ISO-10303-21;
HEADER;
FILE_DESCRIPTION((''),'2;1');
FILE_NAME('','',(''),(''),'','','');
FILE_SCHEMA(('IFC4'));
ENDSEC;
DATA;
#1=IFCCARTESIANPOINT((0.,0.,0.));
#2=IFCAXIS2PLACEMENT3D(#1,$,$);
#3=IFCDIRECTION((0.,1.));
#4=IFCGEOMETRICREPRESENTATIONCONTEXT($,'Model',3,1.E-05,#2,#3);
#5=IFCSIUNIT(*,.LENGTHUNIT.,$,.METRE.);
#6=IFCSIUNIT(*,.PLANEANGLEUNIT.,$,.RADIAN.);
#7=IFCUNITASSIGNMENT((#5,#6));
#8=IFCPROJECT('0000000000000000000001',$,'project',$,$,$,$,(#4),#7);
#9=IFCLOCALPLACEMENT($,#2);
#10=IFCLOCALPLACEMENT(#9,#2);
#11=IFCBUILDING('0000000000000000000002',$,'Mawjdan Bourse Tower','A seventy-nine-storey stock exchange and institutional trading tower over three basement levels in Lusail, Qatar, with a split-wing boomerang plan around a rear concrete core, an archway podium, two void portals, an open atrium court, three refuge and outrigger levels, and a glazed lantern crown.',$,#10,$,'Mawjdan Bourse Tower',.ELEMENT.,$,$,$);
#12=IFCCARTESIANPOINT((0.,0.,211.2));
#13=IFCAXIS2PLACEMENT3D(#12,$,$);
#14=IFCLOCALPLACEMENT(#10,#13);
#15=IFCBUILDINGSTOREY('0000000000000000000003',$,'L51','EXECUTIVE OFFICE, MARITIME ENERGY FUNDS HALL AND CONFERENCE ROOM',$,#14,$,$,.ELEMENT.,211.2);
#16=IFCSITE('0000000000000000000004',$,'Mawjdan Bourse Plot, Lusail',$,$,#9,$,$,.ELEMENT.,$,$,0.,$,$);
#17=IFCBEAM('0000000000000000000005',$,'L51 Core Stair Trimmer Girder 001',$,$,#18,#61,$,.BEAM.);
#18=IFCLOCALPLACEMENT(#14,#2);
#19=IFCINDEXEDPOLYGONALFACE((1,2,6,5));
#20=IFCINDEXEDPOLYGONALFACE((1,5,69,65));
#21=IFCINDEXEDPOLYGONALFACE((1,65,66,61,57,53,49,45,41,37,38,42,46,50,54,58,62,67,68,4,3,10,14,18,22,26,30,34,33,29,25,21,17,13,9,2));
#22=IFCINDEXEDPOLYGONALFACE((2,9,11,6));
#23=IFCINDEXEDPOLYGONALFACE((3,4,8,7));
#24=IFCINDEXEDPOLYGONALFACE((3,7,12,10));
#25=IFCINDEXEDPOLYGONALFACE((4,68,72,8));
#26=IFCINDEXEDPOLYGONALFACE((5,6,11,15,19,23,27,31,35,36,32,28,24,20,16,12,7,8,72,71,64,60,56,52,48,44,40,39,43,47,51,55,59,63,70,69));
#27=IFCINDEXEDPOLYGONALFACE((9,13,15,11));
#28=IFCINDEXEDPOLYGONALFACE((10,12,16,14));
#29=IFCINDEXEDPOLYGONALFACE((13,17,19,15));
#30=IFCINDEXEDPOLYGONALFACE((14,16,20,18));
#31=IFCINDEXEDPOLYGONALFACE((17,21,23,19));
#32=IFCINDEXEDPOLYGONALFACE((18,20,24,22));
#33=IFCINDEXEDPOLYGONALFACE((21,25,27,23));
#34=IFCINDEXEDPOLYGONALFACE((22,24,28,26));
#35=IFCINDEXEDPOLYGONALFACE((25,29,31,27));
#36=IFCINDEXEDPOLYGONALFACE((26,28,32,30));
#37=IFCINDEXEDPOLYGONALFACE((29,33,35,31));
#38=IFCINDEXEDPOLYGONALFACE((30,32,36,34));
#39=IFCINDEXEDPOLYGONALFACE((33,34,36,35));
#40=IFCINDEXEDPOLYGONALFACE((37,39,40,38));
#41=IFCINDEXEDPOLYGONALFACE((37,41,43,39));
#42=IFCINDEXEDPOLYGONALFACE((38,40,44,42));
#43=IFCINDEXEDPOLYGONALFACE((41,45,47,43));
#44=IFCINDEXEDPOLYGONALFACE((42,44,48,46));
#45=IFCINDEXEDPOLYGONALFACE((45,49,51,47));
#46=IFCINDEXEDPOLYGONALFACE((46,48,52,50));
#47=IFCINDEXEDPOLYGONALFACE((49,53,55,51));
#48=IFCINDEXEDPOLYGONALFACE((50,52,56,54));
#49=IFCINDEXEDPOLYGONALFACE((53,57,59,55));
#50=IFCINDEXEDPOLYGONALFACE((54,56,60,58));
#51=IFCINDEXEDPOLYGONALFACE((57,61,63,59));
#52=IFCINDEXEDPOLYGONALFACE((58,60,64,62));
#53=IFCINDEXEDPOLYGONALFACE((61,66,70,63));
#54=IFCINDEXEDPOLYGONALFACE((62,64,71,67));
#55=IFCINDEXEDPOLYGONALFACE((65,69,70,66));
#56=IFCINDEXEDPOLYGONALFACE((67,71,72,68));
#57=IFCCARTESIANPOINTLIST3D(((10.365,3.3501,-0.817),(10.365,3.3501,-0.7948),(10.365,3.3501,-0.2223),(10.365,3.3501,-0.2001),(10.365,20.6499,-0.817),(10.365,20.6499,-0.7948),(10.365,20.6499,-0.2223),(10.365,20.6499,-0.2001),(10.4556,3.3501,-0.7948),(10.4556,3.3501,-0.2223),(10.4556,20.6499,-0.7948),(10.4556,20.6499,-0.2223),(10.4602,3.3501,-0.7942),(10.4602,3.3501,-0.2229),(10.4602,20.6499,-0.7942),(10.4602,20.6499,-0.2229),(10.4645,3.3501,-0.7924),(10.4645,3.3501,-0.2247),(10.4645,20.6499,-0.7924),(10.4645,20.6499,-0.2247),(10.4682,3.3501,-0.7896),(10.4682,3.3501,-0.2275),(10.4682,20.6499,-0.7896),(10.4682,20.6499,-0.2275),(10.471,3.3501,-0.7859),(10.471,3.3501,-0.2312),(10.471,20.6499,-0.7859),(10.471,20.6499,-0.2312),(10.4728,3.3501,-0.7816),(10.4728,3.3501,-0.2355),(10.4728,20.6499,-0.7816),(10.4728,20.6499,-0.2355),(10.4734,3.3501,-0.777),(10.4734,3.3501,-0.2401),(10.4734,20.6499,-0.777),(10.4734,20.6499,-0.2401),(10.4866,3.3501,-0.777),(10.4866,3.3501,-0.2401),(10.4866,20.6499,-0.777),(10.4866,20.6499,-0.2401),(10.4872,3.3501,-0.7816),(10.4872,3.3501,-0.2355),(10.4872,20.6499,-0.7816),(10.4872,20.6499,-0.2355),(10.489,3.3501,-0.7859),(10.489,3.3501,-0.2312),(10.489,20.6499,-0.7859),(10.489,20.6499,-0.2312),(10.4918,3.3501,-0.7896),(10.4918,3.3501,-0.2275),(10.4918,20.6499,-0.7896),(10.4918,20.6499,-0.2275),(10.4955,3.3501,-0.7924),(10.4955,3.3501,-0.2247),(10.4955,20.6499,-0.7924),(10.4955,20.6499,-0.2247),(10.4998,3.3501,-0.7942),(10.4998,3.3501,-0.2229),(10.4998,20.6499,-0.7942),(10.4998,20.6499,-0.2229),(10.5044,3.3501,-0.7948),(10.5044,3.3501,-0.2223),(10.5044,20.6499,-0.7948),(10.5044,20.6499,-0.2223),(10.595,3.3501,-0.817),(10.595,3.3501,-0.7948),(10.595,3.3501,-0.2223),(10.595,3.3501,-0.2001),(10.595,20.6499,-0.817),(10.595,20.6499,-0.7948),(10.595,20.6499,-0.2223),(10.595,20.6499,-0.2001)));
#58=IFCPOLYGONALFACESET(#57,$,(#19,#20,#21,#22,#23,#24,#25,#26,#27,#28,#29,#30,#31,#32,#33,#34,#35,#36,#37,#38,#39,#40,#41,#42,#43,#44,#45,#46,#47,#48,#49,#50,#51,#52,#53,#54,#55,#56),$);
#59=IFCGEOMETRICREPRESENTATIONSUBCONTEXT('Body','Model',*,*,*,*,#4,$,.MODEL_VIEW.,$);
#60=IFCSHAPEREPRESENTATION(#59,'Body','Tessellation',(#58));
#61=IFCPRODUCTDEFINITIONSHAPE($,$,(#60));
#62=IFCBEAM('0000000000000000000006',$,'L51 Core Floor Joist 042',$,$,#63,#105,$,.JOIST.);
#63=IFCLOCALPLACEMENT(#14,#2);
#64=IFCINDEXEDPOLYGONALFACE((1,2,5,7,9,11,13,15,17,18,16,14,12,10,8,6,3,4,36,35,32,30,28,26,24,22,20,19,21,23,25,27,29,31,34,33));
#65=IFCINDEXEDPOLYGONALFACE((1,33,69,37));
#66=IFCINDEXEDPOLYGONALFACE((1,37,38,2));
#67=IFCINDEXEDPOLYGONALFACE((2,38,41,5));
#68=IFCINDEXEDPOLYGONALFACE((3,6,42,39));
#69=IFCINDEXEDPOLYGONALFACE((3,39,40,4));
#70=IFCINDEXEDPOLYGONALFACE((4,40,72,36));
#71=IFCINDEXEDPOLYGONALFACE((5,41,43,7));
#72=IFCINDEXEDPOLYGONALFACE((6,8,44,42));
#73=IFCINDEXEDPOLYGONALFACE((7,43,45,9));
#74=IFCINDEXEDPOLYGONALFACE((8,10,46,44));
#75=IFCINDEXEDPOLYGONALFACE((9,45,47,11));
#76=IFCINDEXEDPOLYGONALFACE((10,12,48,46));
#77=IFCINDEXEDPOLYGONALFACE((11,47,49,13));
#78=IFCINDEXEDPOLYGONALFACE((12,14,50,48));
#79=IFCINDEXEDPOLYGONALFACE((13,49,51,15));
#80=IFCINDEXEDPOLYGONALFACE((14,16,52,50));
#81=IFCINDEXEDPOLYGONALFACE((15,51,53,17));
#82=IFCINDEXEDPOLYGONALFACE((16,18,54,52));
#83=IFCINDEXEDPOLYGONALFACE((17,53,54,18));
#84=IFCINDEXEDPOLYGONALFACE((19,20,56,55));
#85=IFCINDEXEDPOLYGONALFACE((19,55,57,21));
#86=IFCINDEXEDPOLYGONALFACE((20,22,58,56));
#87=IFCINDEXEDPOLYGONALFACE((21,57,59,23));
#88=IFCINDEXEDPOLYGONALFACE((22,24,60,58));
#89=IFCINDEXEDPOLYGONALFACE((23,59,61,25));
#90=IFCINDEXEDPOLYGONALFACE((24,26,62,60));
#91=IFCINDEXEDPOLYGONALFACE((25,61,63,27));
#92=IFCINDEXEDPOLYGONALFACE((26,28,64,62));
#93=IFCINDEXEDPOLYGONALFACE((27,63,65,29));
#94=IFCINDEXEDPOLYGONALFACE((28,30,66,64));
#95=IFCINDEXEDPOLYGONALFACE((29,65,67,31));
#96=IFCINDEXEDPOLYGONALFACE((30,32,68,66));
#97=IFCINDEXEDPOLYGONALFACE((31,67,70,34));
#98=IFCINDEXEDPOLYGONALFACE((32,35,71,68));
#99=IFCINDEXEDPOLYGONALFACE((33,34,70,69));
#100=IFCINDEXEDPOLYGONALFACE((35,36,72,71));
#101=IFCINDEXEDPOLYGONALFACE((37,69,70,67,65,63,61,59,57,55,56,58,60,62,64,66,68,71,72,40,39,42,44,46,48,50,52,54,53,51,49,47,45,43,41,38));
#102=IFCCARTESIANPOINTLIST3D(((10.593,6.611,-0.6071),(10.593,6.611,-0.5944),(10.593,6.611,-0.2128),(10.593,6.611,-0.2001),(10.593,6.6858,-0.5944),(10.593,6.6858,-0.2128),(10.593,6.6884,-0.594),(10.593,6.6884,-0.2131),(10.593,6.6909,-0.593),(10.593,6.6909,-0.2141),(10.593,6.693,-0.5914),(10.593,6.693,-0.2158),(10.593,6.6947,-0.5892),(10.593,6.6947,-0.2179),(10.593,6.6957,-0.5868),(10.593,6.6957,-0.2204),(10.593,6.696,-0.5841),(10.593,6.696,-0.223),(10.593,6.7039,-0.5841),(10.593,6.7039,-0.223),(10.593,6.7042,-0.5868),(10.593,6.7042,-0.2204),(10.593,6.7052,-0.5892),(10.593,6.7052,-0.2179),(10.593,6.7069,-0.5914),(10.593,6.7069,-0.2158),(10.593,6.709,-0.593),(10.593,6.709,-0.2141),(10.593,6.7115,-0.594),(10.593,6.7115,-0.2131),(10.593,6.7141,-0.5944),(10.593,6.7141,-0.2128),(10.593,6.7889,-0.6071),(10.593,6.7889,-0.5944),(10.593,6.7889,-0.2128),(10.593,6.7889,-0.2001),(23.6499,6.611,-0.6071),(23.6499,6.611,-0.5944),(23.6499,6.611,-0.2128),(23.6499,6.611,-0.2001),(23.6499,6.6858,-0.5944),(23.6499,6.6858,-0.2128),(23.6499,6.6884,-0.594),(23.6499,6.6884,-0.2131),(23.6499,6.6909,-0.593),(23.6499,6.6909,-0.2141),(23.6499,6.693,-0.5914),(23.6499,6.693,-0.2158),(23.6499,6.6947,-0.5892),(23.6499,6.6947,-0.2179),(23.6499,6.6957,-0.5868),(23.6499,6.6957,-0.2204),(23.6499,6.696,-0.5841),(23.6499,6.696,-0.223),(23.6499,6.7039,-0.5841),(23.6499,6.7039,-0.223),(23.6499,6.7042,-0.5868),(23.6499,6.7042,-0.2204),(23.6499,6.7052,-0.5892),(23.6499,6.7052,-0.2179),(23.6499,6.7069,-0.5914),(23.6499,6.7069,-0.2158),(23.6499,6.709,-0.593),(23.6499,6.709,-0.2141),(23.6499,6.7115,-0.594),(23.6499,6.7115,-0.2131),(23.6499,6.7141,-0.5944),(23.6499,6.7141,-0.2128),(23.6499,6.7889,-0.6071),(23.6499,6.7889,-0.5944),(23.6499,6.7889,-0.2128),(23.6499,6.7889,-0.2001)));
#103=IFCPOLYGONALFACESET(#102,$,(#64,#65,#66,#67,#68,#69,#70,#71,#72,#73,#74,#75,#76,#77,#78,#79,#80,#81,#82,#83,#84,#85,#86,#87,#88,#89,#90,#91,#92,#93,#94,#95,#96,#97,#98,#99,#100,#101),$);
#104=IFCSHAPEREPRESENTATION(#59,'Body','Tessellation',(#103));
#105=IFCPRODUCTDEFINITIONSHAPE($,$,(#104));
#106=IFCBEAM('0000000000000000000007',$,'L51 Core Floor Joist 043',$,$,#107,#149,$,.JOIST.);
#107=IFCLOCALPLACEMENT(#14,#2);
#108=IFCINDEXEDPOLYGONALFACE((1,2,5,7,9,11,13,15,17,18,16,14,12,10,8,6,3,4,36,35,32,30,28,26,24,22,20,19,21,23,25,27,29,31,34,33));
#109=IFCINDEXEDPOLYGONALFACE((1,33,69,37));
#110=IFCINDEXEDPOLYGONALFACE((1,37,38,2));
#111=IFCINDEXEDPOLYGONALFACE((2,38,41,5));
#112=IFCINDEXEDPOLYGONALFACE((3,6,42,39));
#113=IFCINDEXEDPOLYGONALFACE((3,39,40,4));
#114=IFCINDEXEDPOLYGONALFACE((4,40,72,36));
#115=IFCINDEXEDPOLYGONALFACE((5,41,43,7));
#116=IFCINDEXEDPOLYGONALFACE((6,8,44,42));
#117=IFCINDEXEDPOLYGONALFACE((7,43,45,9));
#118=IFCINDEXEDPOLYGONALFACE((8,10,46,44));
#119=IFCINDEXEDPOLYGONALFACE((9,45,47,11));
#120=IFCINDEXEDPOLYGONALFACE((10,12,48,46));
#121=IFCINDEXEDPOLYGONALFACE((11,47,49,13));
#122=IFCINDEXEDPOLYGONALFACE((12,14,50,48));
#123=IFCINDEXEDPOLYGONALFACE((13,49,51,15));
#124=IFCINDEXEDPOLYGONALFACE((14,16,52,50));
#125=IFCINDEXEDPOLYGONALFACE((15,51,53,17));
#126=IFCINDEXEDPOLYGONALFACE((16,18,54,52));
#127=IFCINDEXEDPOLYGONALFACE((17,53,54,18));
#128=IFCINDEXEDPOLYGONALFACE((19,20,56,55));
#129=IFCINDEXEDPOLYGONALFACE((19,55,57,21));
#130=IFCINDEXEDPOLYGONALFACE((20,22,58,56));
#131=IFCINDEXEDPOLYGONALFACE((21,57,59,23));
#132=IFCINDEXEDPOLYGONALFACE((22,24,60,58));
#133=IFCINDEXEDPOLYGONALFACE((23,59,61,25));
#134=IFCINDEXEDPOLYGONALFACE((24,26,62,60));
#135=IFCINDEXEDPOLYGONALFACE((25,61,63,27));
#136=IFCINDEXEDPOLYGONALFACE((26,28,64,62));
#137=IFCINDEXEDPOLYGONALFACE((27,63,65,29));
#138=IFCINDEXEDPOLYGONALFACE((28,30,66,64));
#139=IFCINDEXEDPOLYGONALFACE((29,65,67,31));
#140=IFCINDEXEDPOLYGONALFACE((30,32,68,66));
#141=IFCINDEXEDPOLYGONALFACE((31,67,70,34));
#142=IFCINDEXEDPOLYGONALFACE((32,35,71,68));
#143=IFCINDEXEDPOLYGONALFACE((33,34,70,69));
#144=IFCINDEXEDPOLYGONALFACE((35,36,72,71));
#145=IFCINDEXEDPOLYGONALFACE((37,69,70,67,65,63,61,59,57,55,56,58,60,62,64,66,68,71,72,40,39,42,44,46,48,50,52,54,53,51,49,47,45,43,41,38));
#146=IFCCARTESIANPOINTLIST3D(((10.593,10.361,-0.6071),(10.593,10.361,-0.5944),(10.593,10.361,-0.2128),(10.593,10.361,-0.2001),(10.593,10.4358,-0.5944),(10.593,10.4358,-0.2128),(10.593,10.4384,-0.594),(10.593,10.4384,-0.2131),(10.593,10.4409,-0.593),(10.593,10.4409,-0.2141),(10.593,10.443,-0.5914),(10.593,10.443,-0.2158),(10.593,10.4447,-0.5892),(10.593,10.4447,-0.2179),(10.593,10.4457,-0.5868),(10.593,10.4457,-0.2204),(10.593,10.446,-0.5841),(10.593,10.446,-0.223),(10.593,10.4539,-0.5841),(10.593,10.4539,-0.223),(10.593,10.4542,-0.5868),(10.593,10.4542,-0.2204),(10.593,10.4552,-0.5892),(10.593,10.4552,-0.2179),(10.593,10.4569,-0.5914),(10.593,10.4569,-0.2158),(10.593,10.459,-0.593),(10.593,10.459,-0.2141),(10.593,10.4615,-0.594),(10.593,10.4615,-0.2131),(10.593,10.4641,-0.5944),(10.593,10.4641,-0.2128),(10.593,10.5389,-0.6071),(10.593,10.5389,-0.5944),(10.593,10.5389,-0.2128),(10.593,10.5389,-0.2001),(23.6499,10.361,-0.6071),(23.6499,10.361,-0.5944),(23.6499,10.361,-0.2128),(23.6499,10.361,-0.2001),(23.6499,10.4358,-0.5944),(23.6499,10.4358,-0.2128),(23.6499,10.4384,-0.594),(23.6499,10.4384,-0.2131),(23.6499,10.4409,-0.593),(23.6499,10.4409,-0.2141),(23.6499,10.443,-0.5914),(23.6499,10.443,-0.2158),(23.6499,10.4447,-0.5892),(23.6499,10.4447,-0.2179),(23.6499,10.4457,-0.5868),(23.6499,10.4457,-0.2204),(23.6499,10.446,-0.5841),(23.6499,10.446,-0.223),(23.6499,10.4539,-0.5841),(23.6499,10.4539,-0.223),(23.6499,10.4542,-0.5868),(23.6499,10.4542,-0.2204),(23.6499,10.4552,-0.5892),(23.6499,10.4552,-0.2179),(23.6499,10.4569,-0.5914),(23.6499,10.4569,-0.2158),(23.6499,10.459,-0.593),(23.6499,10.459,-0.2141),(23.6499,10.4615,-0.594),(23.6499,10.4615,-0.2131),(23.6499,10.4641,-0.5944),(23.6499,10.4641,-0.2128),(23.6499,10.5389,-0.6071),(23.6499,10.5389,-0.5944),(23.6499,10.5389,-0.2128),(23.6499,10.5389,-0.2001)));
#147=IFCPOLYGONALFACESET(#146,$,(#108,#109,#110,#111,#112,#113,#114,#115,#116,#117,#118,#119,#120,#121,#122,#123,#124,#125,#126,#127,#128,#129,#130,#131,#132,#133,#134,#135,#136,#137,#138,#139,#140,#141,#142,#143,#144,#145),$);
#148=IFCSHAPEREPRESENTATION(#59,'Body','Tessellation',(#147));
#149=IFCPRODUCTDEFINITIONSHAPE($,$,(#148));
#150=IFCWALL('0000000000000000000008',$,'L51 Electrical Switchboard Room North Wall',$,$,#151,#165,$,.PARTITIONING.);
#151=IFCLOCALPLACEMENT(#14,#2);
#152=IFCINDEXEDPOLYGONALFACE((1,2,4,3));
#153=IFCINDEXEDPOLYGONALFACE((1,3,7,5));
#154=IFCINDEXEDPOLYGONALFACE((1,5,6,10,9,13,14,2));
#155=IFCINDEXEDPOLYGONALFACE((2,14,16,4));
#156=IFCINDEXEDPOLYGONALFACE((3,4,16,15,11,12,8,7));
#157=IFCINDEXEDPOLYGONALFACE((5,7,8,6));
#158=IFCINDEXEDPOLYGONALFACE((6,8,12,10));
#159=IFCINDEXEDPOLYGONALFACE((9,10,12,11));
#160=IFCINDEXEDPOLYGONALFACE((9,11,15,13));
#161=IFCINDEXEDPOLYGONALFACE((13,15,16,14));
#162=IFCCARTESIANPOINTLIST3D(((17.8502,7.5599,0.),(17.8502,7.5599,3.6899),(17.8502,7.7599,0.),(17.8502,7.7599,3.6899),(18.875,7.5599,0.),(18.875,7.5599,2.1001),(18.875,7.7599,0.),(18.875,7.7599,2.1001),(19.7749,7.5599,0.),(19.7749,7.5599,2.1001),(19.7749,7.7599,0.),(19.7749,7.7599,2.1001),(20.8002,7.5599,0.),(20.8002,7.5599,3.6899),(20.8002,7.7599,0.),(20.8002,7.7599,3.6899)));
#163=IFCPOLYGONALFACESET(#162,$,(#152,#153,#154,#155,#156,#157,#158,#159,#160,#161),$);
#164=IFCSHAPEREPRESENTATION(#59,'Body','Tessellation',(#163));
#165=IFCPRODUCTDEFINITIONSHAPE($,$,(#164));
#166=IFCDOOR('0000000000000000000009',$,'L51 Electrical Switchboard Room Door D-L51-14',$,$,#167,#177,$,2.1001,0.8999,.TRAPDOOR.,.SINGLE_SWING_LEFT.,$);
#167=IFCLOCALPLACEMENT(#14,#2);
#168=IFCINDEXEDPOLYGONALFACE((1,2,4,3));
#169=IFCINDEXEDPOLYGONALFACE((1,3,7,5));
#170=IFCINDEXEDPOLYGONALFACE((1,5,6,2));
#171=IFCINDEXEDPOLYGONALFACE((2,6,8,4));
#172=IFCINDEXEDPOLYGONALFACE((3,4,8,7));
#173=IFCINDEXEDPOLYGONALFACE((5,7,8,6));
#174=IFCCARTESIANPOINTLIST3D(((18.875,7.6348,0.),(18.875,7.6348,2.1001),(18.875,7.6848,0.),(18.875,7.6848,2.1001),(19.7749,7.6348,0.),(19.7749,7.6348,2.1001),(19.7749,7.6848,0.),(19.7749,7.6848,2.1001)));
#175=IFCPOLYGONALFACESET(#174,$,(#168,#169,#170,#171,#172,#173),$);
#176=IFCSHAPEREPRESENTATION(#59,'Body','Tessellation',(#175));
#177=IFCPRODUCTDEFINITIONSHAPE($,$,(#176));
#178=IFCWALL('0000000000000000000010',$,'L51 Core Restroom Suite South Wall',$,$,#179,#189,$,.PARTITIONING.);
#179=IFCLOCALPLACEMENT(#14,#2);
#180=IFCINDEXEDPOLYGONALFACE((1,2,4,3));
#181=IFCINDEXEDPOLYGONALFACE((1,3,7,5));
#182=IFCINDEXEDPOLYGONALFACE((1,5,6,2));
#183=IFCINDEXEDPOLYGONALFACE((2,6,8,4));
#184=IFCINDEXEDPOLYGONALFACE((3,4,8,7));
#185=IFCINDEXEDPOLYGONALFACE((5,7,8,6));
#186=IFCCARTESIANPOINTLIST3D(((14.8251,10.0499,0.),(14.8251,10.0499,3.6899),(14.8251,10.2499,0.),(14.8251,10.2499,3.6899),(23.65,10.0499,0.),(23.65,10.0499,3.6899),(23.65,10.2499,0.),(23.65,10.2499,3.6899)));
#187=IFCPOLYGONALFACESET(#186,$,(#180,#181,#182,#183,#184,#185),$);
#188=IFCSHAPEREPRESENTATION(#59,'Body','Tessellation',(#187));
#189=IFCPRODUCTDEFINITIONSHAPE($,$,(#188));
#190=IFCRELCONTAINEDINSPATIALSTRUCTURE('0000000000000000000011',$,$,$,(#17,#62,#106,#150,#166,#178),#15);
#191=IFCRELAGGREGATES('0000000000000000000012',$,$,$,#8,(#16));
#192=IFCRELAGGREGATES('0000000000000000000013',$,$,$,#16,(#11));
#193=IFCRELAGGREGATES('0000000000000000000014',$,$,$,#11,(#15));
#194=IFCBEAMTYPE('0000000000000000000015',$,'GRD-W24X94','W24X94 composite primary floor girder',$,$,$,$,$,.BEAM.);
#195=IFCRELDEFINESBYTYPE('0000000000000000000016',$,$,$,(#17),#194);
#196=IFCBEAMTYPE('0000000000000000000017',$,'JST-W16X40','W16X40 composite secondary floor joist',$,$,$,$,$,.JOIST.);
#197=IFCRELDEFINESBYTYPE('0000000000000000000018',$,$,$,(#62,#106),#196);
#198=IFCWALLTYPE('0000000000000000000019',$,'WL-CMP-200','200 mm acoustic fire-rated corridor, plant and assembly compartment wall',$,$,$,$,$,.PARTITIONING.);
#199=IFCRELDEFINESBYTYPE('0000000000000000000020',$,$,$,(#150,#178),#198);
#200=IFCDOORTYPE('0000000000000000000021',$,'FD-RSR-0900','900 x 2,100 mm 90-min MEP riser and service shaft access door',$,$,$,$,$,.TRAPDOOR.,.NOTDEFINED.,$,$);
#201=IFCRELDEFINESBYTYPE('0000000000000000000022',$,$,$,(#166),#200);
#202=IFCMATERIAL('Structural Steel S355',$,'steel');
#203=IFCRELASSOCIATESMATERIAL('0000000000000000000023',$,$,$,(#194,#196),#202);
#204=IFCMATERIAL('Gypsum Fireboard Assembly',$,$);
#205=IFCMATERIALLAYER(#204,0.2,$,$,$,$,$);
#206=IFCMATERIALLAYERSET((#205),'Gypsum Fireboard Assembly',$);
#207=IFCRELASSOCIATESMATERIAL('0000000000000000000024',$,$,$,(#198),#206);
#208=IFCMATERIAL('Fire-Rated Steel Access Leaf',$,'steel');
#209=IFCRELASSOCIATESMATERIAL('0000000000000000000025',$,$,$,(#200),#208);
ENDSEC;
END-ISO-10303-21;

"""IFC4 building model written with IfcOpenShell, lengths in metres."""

from ifc_helpers import new_model, si_unit, direction, frame, frame_2d, origin, origin_2d, place, context, subcontext, project, spatial, rectangle, i_section, extrude, material, layer, layer_set, material_profile, profile_set, type_object, element, fill, save


model = new_model("IFC4")

# Units and contexts
model_context = context("Model", 3, precision=1e-05, world=origin(), true_north=direction((0.0, 1.0)))
body_context = subcontext(model_context, "Body", "Model", "MODEL_VIEW")
ifc_project = project(units=[si_unit("LENGTHUNIT", "METRE"), si_unit("PLANEANGLEUNIT", "RADIAN")], contexts=[model_context])

# Site, building, storey
site_placement = place(None, origin())
site = spatial("IfcSite", under=ifc_project, at=site_placement, Name="Mawjdan Bourse Plot, Lusail", CompositionType="ELEMENT", RefElevation=0.0)
building_placement = place(site_placement, origin())
building = spatial("IfcBuilding", under=site, at=building_placement, Name="Mawjdan Bourse Tower", Description="A seventy-nine-storey stock exchange and institutional trading tower over three basement levels in Lusail, Qatar, with a split-wing boomerang plan around a rear concrete core, an archway podium, two void portals, an open atrium court, three refuge and outrigger levels, and a glazed lantern crown.", LongName="Mawjdan Bourse Tower", CompositionType="ELEMENT")
storey_placement = place(building_placement, frame((0.0, 0.0, 211.2)))
storey = spatial("IfcBuildingStorey", under=building, at=storey_placement, Name="L51", Description="EXECUTIVE OFFICE, MARITIME ENERGY FUNDS HALL AND CONFERENCE ROOM", CompositionType="ELEMENT", Elevation=211.2)

# Beams
ifc_material_1 = material(Name="Structural Steel S355", Category="steel")
ifc_material_profile_1 = material_profile(ifc_material_1, i_section(OverallWidth=0.23, OverallDepth=0.6169, WebThickness=0.0132, FlangeThickness=0.0222, FilletRadius=0.0178, at=origin_2d()), Name="W24X94")
ifc_profile_set_1 = profile_set([ifc_material_profile_1], Name="Structural Steel S355")
beam_type_1 = type_object("IfcBeamType", Name="GRD-W24X94", Description="W24X94 composite primary floor girder", PredefinedType="BEAM", material=ifc_profile_set_1)
beam_placement = place(storey_placement, frame((10.48, 3.3501, -0.5085), z_axis=(0.0, 1.0, 0.0), x_axis=(-1.0, 0.0, 0.0)))
element("IfcBeam", 1, at=beam_placement, inside=storey, type_object=beam_type_1, Name="L51 Core Stair Trimmer Girder 001", PredefinedType="BEAM", context=body_context, shape_type="SweptSolid", body=[
    extrude(i_section(OverallWidth=0.23, OverallDepth=0.6169, WebThickness=0.0132, FlangeThickness=0.0222, FilletRadius=0.0178, at=origin_2d()), origin(), (0.0, 0.0, 1.0), 17.2998),
])
ifc_material_profile_2 = material_profile(ifc_material_1, i_section(OverallWidth=0.178, OverallDepth=0.407, WebThickness=0.0078, FlangeThickness=0.0127, FilletRadius=0.0103, at=origin_2d()), Name="W16X40")
ifc_profile_set_2 = profile_set([ifc_material_profile_2], Name="Structural Steel S355")
beam_type_2 = type_object("IfcBeamType", Name="JST-W16X40", Description="W16X40 composite secondary floor joist", PredefinedType="JOIST", material=ifc_profile_set_2)
for number, where, z_axis, x_axis, name in (
    (2, (10.593, 6.7, -0.4036), (1.0, 0.0, 0.0), (0.0, 1.0, 0.0), "L51 Core Floor Joist 042"),
    (3, (10.593, 10.45, -0.4036), (1.0, 0.0, 0.0), (0.0, 1.0, 0.0), "L51 Core Floor Joist 043"),
):
    element("IfcBeam", number, at=place(storey_placement, frame(where, z_axis=z_axis, x_axis=x_axis)), inside=storey, type_object=beam_type_2, Name=name, PredefinedType="JOIST", context=body_context, shape_type="SweptSolid", body=[
        extrude(i_section(OverallWidth=0.178, OverallDepth=0.407, WebThickness=0.0078, FlangeThickness=0.0127, FilletRadius=0.0103, at=origin_2d()), origin(), (0.0, 0.0, 1.0), 13.0569),
    ])

# Wall, opening, door
ifc_material_2 = material(Name="Gypsum Fireboard Assembly")
ifc_layer_1 = layer(ifc_material_2, 0.2)
ifc_layer_set_1 = layer_set([ifc_layer_1], Name="Gypsum Fireboard Assembly")
wall_type_1 = type_object("IfcWallType", Name="WL-CMP-200", Description="200 mm acoustic fire-rated corridor, plant and assembly compartment wall", PredefinedType="PARTITIONING", material=ifc_layer_set_1)
wall_1_placement = place(storey_placement, frame((17.8501, 7.6599, 0.0), z_axis=(0.0, 0.0, 1.0), x_axis=(1.0, 0.0, 0.0)))
wall_1 = element("IfcWall", 4, at=wall_1_placement, inside=storey, type_object=wall_type_1, Name="L51 Electrical Switchboard Room North Wall", PredefinedType="PARTITIONING", context=body_context, shape_type="SweptSolid", body=[
    extrude(rectangle(XDim=2.95, YDim=0.2, at=frame_2d((1.4751, 0.0))), origin(), (0.0, 0.0, 1.0), 3.6899),
])
opening_1_placement = place(wall_1_placement, frame((1.0249, 0.0, 0.0)))
opening_1 = element("IfcOpeningElement", 5, at=opening_1_placement, cuts=wall_1, PredefinedType="OPENING", context=body_context, shape_type="SweptSolid", body=[
    extrude(rectangle(XDim=0.8999, YDim=2.1001, at=frame_2d((0.45, 1.05))), frame((0.0, 0.1099, 0.0), z_axis=(0.0, -1.0, 0.0), x_axis=(1.0, 0.0, 0.0)), (0.0, 0.0, 1.0), 0.22),
])
ifc_material_3 = material(Name="Fire-Rated Steel Access Leaf", Category="steel")
door_type_1 = type_object("IfcDoorType", Name="FD-RSR-0900", Description="900 x 2,100 mm 90-min MEP riser and service shaft access door", OperationType="NOTDEFINED", PredefinedType="TRAPDOOR", material=ifc_material_3)
door_1_placement = place(opening_1_placement, origin())
door_1 = element("IfcDoor", 6, at=door_1_placement, inside=storey, type_object=door_type_1, Name="L51 Electrical Switchboard Room Door D-L51-14", OperationType="SINGLE_SWING_LEFT", OverallHeight=2.1001, OverallWidth=0.8999, PredefinedType="TRAPDOOR", context=body_context, shape_type="SweptSolid", body=[
    extrude(rectangle(XDim=0.8999, YDim=2.1001, at=frame_2d((0.45, 1.05))), frame((0.0, 0.0249, 0.0), z_axis=(0.0, -1.0, 0.0), x_axis=(1.0, 0.0, 0.0)), (0.0, 0.0, 1.0), 0.05),
])
fill(opening_1, door_1)

# Wall
wall_2_placement = place(storey_placement, frame((14.825, 10.1499, 0.0), z_axis=(0.0, 0.0, 1.0), x_axis=(1.0, 0.0, 0.0)))
element("IfcWall", 7, at=wall_2_placement, inside=storey, type_object=wall_type_1, Name="L51 Core Restroom Suite South Wall", PredefinedType="PARTITIONING", context=body_context, shape_type="SweptSolid", body=[
    extrude(rectangle(XDim=8.825, YDim=0.2, at=frame_2d((4.4126, 0.0))), origin(), (0.0, 0.0, 1.0), 3.6899),
])

save(model, "model.ifc")
